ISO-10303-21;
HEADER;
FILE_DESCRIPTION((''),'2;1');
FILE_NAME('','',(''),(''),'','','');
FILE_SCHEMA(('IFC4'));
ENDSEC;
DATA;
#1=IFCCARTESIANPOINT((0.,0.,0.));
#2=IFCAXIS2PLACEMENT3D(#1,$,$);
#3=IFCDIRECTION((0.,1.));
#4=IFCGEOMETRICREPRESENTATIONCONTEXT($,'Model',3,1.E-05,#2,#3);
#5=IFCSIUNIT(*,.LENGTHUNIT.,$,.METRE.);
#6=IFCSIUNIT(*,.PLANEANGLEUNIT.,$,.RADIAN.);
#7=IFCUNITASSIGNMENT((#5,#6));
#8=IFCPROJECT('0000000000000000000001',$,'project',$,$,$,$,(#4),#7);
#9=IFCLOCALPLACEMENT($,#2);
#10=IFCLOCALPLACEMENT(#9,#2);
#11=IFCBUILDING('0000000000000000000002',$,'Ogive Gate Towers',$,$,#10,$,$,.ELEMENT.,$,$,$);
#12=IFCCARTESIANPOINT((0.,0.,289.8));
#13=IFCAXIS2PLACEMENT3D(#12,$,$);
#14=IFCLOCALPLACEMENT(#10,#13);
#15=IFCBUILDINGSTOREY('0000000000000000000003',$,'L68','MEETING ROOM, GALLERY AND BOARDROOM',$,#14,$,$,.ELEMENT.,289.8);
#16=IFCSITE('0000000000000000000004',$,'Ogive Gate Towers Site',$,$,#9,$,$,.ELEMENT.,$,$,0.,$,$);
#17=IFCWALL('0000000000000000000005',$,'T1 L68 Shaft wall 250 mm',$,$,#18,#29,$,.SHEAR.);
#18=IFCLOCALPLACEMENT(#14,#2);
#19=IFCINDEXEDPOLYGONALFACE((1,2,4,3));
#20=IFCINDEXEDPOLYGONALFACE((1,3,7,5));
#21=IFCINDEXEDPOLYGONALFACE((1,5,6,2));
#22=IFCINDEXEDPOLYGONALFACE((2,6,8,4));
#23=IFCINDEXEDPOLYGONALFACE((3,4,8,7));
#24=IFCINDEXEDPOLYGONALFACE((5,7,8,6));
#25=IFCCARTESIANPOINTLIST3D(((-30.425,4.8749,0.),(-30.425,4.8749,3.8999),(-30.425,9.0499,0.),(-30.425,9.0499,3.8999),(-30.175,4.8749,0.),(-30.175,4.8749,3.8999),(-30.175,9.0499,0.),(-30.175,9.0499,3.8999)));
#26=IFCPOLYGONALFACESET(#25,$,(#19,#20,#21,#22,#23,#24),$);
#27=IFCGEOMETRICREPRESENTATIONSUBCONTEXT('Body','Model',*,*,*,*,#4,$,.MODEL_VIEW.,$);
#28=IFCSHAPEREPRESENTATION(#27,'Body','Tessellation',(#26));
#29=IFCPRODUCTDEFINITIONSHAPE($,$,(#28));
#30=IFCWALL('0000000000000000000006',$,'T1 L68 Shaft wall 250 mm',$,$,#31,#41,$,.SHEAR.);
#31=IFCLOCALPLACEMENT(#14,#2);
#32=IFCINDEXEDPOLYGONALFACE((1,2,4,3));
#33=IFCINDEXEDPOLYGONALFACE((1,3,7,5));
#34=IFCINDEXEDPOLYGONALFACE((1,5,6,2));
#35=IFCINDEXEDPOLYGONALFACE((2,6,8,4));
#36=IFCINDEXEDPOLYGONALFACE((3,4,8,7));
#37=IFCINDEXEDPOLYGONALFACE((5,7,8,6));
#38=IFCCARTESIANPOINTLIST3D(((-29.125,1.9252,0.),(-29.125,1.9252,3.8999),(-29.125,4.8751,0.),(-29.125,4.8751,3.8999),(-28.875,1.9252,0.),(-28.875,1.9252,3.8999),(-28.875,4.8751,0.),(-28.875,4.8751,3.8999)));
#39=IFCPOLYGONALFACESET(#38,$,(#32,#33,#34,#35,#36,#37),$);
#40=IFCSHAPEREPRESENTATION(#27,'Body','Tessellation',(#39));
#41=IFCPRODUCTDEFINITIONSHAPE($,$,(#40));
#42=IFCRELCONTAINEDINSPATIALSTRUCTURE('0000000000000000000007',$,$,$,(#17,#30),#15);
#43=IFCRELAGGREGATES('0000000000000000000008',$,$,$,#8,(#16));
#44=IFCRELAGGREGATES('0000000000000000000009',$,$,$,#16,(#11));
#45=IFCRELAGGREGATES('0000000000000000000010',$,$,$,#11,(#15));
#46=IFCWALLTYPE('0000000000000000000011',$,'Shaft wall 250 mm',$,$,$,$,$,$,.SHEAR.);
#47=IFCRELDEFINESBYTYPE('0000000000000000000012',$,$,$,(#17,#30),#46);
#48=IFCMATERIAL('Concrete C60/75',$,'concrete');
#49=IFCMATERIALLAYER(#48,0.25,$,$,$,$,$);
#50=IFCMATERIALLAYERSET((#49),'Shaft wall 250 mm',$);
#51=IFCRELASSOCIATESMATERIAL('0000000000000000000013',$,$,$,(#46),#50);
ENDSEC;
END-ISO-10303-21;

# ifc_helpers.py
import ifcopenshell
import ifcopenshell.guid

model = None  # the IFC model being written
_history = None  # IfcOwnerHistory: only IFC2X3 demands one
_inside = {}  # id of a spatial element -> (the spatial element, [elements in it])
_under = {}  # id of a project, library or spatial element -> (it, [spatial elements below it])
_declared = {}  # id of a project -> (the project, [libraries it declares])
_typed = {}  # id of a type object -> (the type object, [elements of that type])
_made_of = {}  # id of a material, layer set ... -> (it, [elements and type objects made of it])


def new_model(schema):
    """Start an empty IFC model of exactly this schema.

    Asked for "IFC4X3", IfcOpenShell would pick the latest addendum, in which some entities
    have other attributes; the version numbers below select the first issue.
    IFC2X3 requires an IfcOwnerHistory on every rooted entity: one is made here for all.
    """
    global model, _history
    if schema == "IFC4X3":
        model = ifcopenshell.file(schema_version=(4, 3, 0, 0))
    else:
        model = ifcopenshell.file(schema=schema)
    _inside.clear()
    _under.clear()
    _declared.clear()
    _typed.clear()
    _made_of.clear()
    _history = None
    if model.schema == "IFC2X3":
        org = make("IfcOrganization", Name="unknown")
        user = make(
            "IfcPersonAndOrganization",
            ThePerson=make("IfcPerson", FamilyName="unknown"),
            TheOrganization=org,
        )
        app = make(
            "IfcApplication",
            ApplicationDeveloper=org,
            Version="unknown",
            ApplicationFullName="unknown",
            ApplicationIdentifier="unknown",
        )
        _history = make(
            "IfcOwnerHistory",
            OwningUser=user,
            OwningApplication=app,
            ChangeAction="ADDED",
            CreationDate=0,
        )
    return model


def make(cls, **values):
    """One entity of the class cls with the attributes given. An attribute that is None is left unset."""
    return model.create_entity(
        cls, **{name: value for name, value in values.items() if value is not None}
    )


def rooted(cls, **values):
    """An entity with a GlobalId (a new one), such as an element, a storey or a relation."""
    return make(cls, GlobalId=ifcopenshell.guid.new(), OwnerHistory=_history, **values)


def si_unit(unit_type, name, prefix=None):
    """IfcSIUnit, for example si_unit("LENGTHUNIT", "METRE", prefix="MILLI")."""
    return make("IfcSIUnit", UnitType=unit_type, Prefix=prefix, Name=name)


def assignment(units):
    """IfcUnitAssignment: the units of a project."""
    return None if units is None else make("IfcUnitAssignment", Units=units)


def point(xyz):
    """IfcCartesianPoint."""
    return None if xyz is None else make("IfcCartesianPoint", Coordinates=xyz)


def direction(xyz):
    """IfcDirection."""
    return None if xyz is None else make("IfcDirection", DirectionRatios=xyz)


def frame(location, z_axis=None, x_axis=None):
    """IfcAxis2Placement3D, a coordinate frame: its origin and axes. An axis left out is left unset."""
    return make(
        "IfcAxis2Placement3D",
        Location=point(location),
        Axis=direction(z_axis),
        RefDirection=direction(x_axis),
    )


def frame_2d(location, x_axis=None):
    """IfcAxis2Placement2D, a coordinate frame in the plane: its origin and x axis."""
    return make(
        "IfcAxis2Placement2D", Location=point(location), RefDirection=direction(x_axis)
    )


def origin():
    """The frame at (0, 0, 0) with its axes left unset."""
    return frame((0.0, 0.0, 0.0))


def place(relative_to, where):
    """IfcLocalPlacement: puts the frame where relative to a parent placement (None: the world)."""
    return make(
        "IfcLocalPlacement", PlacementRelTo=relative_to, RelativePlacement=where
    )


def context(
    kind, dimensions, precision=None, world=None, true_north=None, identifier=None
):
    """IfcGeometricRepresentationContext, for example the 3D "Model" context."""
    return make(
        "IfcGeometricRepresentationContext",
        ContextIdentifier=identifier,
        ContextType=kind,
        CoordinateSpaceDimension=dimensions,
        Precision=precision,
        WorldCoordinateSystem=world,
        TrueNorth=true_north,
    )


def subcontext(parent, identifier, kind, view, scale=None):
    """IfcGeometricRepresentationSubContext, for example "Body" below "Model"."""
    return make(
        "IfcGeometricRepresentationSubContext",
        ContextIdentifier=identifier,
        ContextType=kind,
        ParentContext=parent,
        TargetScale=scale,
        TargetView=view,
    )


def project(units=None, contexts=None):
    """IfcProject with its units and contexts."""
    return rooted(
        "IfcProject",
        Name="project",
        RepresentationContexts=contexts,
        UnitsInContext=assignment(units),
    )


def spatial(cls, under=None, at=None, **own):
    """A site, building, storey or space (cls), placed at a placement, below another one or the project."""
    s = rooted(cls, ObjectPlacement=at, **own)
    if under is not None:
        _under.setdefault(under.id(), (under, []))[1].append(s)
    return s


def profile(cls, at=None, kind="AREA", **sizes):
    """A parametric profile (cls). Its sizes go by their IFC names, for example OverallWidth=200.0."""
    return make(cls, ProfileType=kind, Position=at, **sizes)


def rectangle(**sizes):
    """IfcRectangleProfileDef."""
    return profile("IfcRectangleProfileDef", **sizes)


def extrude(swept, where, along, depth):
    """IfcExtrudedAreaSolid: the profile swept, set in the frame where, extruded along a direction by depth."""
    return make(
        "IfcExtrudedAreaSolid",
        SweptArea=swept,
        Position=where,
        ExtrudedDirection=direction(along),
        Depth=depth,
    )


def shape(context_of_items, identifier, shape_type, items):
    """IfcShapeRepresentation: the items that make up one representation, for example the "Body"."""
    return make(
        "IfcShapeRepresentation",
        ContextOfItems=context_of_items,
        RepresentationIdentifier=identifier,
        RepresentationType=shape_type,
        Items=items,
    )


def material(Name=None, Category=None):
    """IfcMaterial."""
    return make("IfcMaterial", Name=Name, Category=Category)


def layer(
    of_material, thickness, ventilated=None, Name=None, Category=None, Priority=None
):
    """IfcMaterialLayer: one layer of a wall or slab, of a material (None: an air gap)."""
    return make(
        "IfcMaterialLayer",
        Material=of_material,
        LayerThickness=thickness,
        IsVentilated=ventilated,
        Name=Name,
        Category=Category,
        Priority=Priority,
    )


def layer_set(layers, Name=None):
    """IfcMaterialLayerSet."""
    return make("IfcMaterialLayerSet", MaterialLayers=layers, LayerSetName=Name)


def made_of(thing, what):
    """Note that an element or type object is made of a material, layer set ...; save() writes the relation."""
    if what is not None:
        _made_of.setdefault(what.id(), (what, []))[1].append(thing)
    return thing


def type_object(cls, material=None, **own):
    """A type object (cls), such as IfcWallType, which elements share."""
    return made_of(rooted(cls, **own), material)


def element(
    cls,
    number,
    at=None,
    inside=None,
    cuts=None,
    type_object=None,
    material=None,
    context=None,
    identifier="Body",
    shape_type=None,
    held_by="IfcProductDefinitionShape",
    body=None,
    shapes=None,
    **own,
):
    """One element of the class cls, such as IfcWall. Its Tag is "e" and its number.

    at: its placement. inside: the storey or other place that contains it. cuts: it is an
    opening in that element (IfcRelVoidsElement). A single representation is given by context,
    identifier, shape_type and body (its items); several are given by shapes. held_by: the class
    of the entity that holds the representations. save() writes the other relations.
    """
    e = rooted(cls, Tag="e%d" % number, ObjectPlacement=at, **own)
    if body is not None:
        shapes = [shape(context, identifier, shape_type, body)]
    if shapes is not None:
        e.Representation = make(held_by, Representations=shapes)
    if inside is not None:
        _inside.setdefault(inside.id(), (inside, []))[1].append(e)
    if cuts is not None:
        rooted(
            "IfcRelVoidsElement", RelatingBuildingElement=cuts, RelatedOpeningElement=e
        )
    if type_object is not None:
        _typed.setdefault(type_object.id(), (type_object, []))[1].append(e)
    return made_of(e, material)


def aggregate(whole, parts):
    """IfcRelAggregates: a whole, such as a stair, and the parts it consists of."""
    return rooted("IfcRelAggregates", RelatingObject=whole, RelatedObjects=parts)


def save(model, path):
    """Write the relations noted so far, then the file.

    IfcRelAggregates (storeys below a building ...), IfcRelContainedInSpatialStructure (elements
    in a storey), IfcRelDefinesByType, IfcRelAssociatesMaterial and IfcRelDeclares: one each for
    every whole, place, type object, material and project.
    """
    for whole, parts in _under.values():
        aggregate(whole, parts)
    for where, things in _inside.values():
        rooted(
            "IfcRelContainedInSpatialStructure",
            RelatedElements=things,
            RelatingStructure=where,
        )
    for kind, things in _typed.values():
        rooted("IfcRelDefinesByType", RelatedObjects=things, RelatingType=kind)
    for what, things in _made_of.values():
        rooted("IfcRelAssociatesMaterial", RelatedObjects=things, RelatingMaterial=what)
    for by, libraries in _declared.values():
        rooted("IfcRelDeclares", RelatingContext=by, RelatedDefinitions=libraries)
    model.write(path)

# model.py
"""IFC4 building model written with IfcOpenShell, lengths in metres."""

from ifc_helpers import new_model, si_unit, direction, frame, frame_2d, origin, place, context, subcontext, project, spatial, rectangle, extrude, material, layer, layer_set, type_object, element, save


model = new_model("IFC4")

# Units and contexts
model_context = context("Model", 3, precision=1e-05, world=origin(), true_north=direction((0.0, 1.0)))
body_context = subcontext(model_context, "Body", "Model", "MODEL_VIEW")
ifc_project = project(units=[si_unit("LENGTHUNIT", "METRE"), si_unit("PLANEANGLEUNIT", "RADIAN")], contexts=[model_context])

# Site, building, storey
site_placement = place(None, origin())
site = spatial("IfcSite", under=ifc_project, at=site_placement, Name="Ogive Gate Towers Site", CompositionType="ELEMENT", RefElevation=0.0)
building_placement = place(site_placement, origin())
building = spatial("IfcBuilding", under=site, at=building_placement, Name="Ogive Gate Towers", CompositionType="ELEMENT")
storey_placement = place(building_placement, frame((0.0, 0.0, 289.8)))
storey = spatial("IfcBuildingStorey", under=building, at=storey_placement, Name="L68", Description="MEETING ROOM, GALLERY AND BOARDROOM", CompositionType="ELEMENT", Elevation=289.8)

# Shared definitions
ifc_material_1 = material(Name="Concrete C60/75", Category="concrete")
ifc_layer_1 = layer(ifc_material_1, 0.25)
ifc_layer_set_1 = layer_set([ifc_layer_1], Name="Shaft wall 250 mm")
wall_type_1 = type_object("IfcWallType", Name="Shaft wall 250 mm", PredefinedType="SHEAR", material=ifc_layer_set_1)

# Walls
wall_1_placement = place(storey_placement, frame((-30.3, 4.875, 0.0), z_axis=(0.0, 0.0, 1.0), x_axis=(0.0, 1.0, 0.0)))
element("IfcWall", 1, at=wall_1_placement, inside=storey, type_object=wall_type_1, Name="T1 L68 Shaft wall 250 mm", PredefinedType="SHEAR", context=body_context, shape_type="SweptSolid", body=[
    extrude(rectangle(XDim=4.175, YDim=0.25, at=frame_2d((2.0874, 0.0))), origin(), (0.0, 0.0, 1.0), 3.8999),
])
wall_2_placement = place(storey_placement, frame((-29.0, 1.925, 0.0), z_axis=(0.0, 0.0, 1.0), x_axis=(0.0, 1.0, 0.0)))
element("IfcWall", 2, at=wall_2_placement, inside=storey, type_object=wall_type_1, Name="T1 L68 Shaft wall 250 mm", PredefinedType="SHEAR", context=body_context, shape_type="SweptSolid", body=[
    extrude(rectangle(XDim=2.95, YDim=0.25, at=frame_2d((1.4751, 0.0))), origin(), (0.0, 0.0, 1.0), 3.8999),
])

save(model, "model.ifc")
